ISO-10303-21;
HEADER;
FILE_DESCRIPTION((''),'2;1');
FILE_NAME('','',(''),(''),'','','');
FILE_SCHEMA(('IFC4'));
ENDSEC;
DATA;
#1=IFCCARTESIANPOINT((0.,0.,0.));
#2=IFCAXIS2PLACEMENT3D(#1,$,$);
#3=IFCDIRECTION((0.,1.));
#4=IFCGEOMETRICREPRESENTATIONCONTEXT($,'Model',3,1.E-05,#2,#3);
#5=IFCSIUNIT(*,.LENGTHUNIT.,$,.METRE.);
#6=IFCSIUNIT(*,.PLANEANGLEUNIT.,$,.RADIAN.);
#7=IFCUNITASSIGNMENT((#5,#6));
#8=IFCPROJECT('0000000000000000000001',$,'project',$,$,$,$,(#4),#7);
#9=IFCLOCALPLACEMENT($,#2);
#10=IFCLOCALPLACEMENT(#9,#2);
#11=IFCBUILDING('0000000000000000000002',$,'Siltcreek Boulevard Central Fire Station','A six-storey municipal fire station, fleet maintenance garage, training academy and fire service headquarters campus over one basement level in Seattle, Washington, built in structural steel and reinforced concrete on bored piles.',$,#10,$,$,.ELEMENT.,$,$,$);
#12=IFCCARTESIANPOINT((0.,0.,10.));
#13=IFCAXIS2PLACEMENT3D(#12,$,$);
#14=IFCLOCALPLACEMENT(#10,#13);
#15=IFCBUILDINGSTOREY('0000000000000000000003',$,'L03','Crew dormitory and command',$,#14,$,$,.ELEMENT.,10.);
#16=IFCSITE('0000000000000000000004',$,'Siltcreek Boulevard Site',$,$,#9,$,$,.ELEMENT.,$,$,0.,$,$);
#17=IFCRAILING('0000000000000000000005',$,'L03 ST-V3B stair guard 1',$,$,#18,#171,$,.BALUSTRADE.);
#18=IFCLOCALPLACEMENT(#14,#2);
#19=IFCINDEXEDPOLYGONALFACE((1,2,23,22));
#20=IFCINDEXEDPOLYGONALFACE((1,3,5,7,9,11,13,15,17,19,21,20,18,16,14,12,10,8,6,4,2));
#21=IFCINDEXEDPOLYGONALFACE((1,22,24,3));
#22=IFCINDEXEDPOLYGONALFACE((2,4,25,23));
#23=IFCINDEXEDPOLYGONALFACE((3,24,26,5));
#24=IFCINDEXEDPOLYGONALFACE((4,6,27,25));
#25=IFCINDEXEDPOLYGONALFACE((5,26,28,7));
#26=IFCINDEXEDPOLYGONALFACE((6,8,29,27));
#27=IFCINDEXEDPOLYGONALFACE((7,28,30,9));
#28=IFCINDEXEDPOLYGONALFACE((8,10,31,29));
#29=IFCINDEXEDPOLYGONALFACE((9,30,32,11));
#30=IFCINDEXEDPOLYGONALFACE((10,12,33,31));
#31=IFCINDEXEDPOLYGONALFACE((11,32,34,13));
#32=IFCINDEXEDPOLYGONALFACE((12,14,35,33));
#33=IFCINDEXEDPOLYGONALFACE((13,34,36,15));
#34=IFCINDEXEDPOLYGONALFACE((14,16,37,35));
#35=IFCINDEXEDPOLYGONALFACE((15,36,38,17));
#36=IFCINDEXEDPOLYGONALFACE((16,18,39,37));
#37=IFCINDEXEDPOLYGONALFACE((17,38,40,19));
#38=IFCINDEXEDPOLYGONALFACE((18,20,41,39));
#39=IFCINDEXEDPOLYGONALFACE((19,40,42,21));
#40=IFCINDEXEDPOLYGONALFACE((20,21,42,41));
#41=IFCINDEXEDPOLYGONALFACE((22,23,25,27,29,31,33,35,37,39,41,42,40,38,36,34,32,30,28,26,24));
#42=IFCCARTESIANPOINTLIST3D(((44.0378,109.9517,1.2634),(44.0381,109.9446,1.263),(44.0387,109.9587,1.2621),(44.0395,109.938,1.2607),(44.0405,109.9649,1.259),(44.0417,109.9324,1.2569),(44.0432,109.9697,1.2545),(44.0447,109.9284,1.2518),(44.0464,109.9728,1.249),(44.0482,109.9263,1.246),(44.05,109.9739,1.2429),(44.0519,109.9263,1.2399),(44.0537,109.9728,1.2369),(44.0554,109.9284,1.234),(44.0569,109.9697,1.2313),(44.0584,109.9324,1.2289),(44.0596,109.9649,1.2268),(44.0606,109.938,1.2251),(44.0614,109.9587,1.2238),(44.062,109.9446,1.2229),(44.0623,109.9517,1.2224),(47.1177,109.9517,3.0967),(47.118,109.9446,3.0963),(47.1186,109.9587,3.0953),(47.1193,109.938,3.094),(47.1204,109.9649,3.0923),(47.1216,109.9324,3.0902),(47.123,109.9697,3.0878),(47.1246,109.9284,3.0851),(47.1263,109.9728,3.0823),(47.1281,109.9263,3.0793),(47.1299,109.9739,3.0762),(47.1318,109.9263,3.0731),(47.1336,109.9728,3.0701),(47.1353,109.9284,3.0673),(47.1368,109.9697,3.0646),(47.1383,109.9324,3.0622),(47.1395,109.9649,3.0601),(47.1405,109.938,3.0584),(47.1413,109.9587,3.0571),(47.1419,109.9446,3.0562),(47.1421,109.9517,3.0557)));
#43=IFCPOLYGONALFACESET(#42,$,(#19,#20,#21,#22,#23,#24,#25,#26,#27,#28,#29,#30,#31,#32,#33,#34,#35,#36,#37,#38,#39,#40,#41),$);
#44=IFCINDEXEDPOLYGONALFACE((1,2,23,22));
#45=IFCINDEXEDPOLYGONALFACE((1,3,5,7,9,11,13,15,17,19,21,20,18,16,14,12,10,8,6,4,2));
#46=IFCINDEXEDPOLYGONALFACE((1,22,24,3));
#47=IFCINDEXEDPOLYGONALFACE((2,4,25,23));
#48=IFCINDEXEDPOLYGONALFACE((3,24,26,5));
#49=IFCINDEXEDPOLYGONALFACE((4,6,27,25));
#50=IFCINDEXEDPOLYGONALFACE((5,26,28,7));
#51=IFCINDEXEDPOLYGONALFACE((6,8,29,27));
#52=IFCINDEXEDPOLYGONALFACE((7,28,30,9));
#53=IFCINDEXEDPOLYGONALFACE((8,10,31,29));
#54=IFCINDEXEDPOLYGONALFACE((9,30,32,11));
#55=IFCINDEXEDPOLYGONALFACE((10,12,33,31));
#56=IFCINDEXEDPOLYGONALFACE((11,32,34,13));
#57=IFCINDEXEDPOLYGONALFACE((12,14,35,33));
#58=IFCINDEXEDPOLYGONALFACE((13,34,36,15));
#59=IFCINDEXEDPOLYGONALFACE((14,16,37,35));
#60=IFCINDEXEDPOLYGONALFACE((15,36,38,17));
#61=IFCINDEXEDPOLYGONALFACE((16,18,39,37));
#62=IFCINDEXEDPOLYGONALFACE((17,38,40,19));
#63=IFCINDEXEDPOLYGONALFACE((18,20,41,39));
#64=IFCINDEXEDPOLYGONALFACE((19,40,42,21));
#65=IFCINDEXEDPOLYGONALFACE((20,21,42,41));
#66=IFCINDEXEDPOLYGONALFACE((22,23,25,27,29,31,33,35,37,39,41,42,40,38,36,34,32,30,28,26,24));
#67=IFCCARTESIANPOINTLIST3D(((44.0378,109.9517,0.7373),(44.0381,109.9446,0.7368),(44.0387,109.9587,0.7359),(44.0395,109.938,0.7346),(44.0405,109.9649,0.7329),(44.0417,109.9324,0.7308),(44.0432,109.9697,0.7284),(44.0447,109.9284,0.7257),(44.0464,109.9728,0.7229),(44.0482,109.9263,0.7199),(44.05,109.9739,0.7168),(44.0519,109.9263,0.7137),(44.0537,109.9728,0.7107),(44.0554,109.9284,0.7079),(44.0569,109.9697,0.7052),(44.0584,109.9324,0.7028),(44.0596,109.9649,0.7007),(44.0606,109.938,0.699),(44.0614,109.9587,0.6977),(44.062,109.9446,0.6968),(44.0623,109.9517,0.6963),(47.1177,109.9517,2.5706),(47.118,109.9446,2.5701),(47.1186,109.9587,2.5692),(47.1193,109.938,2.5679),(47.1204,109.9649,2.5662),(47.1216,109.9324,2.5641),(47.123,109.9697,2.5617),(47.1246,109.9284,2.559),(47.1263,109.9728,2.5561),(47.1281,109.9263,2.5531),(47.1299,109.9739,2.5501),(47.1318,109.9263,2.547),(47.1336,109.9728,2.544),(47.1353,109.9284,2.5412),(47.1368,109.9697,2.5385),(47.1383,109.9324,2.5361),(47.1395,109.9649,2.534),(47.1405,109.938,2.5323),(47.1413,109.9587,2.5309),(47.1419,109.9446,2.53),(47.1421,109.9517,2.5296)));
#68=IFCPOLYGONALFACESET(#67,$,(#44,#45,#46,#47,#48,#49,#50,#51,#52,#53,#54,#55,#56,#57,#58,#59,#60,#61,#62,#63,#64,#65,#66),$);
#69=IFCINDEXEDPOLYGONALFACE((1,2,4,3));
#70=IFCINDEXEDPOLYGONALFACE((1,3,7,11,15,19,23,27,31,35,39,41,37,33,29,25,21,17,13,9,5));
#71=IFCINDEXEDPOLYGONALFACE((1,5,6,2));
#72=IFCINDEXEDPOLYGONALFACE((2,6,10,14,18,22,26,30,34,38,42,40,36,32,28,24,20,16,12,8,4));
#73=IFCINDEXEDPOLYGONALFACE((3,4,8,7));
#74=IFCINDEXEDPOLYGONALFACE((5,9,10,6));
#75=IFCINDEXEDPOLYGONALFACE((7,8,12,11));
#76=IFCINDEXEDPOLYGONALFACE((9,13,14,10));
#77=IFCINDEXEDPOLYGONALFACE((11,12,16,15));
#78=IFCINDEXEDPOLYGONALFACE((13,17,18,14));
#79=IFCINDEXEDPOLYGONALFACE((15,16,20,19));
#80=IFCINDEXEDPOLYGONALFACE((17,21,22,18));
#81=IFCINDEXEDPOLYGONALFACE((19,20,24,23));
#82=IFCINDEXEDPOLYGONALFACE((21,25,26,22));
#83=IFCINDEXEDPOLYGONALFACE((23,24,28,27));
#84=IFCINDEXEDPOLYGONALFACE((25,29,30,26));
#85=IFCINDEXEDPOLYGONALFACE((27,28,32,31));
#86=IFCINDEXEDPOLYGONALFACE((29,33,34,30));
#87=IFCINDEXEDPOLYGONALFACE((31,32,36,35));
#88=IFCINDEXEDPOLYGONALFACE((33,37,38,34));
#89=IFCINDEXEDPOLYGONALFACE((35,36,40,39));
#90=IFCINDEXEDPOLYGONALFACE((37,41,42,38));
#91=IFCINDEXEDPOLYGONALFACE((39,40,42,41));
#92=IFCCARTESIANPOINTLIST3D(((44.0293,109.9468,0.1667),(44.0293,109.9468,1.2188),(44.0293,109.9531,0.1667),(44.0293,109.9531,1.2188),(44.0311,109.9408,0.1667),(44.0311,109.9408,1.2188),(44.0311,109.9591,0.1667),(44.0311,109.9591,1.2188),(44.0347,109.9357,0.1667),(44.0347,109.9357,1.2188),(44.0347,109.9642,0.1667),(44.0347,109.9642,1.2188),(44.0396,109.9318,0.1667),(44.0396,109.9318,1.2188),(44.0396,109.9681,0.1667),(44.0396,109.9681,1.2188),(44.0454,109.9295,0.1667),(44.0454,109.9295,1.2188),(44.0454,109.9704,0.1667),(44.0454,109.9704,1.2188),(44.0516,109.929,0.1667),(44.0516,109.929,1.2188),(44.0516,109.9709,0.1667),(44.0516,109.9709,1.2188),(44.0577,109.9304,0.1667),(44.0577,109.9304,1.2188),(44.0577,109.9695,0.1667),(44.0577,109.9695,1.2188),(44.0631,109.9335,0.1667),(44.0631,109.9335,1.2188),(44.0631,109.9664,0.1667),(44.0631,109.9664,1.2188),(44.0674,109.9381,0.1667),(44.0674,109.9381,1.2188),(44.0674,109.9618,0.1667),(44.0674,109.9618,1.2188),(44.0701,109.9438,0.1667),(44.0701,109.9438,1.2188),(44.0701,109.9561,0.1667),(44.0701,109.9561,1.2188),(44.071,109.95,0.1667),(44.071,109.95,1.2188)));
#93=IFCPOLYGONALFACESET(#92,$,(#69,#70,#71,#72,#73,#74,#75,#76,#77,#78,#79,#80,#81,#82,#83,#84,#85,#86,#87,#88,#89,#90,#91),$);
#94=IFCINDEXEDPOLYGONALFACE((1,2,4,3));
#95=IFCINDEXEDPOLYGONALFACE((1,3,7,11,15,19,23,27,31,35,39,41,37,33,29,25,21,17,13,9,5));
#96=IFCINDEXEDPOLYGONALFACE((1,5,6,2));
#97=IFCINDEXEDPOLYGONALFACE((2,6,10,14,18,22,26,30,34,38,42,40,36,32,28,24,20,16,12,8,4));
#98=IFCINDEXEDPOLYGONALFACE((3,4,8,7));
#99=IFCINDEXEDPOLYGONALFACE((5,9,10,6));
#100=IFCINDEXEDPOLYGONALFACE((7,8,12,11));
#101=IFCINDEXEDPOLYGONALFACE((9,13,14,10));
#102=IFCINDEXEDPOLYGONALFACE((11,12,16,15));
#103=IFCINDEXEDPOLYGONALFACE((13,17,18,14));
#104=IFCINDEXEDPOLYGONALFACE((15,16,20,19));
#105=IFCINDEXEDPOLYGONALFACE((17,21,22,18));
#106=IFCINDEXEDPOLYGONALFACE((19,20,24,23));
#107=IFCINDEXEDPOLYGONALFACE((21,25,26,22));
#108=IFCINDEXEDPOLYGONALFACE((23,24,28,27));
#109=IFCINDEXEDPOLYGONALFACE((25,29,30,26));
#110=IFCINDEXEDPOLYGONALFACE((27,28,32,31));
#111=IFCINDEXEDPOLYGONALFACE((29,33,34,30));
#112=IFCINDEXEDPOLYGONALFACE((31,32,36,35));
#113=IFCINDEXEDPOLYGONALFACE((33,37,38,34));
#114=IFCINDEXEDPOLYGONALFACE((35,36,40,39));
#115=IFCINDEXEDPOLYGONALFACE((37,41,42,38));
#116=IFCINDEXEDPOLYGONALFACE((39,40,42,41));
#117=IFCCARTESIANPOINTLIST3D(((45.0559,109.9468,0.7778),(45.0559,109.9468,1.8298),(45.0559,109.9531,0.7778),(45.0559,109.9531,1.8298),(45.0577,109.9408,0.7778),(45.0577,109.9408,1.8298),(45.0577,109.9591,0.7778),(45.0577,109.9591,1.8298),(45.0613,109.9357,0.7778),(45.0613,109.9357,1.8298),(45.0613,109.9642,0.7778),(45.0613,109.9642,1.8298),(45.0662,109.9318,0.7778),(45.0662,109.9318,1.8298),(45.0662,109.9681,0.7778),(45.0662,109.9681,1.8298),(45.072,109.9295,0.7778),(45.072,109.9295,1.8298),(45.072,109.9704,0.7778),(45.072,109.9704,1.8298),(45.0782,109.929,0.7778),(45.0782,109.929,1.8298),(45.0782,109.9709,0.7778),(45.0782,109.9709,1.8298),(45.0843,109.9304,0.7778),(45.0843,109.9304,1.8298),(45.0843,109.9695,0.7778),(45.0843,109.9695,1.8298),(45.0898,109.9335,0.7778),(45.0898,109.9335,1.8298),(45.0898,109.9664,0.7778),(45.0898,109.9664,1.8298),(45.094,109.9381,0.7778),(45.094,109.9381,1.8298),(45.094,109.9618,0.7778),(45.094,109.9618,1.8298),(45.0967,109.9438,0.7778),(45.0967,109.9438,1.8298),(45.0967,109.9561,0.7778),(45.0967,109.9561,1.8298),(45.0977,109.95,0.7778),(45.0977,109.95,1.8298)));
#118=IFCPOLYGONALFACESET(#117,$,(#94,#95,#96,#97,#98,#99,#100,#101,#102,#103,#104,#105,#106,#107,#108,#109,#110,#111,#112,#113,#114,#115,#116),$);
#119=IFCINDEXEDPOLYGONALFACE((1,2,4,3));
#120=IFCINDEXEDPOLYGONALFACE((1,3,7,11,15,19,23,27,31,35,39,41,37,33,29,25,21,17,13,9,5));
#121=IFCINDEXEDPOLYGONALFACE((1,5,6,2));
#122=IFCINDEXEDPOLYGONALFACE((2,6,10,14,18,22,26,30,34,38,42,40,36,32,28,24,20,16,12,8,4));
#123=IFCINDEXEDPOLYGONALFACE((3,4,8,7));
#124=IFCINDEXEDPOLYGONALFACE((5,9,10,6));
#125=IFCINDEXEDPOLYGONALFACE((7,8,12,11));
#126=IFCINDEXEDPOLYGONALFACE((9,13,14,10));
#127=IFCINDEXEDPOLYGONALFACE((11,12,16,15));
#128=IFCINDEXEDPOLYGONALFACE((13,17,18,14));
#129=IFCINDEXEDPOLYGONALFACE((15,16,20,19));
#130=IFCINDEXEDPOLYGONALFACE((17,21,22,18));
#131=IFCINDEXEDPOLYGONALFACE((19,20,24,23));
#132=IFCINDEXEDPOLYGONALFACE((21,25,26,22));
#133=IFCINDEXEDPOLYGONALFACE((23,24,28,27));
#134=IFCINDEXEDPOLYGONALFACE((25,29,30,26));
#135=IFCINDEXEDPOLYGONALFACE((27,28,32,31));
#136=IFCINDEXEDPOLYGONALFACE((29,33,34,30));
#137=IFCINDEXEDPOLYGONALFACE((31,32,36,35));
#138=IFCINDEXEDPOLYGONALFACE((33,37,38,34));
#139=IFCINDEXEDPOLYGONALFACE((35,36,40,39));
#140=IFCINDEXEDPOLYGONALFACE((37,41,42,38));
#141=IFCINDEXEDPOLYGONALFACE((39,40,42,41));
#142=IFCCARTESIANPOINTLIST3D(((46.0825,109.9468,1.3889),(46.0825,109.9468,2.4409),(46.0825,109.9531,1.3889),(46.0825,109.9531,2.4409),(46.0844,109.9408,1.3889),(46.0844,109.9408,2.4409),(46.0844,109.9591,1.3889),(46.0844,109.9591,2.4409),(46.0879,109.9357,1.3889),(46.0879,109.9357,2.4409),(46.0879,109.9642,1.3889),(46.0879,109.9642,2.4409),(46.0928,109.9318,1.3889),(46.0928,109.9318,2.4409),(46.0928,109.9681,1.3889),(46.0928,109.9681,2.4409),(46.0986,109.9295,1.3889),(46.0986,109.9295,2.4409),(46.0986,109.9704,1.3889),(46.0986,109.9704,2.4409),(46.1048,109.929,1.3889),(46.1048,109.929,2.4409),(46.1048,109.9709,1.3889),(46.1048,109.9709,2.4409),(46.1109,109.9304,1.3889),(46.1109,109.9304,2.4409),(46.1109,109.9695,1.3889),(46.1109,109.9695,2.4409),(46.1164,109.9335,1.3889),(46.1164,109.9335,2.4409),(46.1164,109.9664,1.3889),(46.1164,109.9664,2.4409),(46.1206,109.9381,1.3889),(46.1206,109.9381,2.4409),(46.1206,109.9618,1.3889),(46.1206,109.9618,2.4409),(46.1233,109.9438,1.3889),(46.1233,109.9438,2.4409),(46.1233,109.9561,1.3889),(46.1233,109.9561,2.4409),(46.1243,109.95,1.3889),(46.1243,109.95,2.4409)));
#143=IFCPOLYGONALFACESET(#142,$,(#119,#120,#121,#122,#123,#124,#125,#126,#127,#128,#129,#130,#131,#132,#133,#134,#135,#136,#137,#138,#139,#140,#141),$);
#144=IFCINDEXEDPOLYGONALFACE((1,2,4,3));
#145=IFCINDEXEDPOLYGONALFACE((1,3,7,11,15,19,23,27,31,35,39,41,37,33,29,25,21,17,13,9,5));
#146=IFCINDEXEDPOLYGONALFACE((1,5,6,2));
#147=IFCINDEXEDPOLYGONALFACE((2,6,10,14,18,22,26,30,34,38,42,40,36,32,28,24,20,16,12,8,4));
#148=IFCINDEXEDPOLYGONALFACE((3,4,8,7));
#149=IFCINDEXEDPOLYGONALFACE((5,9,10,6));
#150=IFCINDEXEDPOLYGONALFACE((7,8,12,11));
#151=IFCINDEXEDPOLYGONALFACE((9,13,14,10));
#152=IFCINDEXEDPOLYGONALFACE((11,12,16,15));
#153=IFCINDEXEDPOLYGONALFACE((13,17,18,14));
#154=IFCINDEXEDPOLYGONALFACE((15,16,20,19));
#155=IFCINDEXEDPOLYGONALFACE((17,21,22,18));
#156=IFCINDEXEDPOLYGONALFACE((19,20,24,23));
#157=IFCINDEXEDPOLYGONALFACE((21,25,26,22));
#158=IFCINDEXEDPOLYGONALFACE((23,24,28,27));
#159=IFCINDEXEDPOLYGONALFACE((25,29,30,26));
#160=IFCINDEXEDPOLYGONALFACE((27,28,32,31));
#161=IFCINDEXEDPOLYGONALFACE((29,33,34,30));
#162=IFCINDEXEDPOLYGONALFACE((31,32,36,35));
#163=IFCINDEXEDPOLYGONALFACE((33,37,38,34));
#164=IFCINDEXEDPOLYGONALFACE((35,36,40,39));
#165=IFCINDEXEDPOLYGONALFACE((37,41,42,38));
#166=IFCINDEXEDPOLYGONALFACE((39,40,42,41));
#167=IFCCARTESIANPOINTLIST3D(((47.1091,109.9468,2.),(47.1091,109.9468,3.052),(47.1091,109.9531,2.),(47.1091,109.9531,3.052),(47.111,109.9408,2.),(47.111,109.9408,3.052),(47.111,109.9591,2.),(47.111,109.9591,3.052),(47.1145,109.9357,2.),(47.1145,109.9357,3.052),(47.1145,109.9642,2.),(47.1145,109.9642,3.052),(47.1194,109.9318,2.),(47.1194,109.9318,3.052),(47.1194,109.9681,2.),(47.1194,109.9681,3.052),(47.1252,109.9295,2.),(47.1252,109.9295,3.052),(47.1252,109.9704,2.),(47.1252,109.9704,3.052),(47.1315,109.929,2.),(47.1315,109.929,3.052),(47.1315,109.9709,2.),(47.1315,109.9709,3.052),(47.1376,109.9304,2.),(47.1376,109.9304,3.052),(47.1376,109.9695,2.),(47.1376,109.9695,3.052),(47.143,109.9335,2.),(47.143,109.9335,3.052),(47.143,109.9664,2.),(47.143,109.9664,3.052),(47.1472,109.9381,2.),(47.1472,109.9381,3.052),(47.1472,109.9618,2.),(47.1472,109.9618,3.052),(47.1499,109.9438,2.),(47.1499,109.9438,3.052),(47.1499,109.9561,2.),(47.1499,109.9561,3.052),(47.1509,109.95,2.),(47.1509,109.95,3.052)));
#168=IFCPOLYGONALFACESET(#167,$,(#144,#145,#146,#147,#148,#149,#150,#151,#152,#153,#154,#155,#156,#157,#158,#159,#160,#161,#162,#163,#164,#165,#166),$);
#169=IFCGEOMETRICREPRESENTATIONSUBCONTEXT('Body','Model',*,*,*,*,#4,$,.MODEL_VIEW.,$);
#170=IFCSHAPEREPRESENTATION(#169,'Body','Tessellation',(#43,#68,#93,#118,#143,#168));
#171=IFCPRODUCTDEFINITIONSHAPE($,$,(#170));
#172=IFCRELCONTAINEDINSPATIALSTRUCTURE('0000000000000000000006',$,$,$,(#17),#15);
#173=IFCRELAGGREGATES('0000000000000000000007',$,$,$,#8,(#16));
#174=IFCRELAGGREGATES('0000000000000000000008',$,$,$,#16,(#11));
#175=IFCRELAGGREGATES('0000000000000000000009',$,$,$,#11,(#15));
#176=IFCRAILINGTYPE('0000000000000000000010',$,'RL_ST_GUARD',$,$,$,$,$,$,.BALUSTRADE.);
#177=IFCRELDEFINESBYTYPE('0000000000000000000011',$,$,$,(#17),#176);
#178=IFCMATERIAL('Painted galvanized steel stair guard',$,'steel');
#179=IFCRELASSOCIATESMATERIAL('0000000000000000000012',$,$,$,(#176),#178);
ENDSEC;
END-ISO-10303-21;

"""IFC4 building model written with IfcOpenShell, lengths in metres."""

from ifc_helpers import new_model, si_unit, direction, frame, origin, origin_2d, place, context, subcontext, project, spatial, circle, extrude, material, type_object, element, save


model = new_model("IFC4")

# Units and contexts
model_context = context("Model", 3, precision=1e-05, world=origin(), true_north=direction((0.0, 1.0)))
body_context = subcontext(model_context, "Body", "Model", "MODEL_VIEW")
ifc_project = project(units=[si_unit("LENGTHUNIT", "METRE"), si_unit("PLANEANGLEUNIT", "RADIAN")], contexts=[model_context])

# Site, building, storey
site_placement = place(None, origin())
site = spatial("IfcSite", under=ifc_project, at=site_placement, Name="Siltcreek Boulevard Site", CompositionType="ELEMENT", RefElevation=0.0)
building_placement = place(site_placement, origin())
building = spatial("IfcBuilding", under=site, at=building_placement, Name="Siltcreek Boulevard Central Fire Station", Description="A six-storey municipal fire station, fleet maintenance garage, training academy and fire service headquarters campus over one basement level in Seattle, Washington, built in structural steel and reinforced concrete on bored piles.", CompositionType="ELEMENT")
storey_placement = place(building_placement, frame((0.0, 0.0, 10.0)))
storey = spatial("IfcBuildingStorey", under=building, at=storey_placement, Name="L03", Description="Crew dormitory and command", CompositionType="ELEMENT", Elevation=10.0)

# Railing
ifc_material_1 = material(Name="Painted galvanized steel stair guard", Category="steel")
railing_type = type_object("IfcRailingType", Name="RL_ST_GUARD", PredefinedType="BALUSTRADE", material=ifc_material_1)
railing_1_placement = place(storey_placement, frame((44.05, 109.95, 0.1667)))
element("IfcRailing", 1, at=railing_1_placement, inside=storey, type_object=railing_type, Name="L03 ST-V3B stair guard 1", PredefinedType="BALUSTRADE", context=body_context, shape_type="SweptSolid", body=[
    extrude(circle(Radius=0.0239, at=origin_2d()), frame((0.0, 0.0, 1.0762), z_axis=(0.859291, 0.0, 0.511487), x_axis=(0.0, 1.0, 0.0)), (0.0, 0.0, 1.0), 3.5842),
    extrude(circle(Radius=0.0239, at=origin_2d()), frame((0.0, 0.0, 0.55), z_axis=(0.859291, 0.0, 0.511487), x_axis=(0.0, 1.0, 0.0)), (0.0, 0.0, 1.0), 3.5842),
    extrude(circle(Radius=0.021, at=origin_2d()), origin(), (0.0, 0.0, 1.0), 1.052),
    extrude(circle(Radius=0.021, at=origin_2d()), frame((1.0266, 0.0, 0.6111)), (0.0, 0.0, 1.0), 1.052),
    extrude(circle(Radius=0.021, at=origin_2d()), frame((2.0532, 0.0, 1.2222)), (0.0, 0.0, 1.0), 1.052),
    extrude(circle(Radius=0.021, at=origin_2d()), frame((3.0798, 0.0, 1.8333)), (0.0, 0.0, 1.0), 1.052),
])

save(model, "model.ifc")
